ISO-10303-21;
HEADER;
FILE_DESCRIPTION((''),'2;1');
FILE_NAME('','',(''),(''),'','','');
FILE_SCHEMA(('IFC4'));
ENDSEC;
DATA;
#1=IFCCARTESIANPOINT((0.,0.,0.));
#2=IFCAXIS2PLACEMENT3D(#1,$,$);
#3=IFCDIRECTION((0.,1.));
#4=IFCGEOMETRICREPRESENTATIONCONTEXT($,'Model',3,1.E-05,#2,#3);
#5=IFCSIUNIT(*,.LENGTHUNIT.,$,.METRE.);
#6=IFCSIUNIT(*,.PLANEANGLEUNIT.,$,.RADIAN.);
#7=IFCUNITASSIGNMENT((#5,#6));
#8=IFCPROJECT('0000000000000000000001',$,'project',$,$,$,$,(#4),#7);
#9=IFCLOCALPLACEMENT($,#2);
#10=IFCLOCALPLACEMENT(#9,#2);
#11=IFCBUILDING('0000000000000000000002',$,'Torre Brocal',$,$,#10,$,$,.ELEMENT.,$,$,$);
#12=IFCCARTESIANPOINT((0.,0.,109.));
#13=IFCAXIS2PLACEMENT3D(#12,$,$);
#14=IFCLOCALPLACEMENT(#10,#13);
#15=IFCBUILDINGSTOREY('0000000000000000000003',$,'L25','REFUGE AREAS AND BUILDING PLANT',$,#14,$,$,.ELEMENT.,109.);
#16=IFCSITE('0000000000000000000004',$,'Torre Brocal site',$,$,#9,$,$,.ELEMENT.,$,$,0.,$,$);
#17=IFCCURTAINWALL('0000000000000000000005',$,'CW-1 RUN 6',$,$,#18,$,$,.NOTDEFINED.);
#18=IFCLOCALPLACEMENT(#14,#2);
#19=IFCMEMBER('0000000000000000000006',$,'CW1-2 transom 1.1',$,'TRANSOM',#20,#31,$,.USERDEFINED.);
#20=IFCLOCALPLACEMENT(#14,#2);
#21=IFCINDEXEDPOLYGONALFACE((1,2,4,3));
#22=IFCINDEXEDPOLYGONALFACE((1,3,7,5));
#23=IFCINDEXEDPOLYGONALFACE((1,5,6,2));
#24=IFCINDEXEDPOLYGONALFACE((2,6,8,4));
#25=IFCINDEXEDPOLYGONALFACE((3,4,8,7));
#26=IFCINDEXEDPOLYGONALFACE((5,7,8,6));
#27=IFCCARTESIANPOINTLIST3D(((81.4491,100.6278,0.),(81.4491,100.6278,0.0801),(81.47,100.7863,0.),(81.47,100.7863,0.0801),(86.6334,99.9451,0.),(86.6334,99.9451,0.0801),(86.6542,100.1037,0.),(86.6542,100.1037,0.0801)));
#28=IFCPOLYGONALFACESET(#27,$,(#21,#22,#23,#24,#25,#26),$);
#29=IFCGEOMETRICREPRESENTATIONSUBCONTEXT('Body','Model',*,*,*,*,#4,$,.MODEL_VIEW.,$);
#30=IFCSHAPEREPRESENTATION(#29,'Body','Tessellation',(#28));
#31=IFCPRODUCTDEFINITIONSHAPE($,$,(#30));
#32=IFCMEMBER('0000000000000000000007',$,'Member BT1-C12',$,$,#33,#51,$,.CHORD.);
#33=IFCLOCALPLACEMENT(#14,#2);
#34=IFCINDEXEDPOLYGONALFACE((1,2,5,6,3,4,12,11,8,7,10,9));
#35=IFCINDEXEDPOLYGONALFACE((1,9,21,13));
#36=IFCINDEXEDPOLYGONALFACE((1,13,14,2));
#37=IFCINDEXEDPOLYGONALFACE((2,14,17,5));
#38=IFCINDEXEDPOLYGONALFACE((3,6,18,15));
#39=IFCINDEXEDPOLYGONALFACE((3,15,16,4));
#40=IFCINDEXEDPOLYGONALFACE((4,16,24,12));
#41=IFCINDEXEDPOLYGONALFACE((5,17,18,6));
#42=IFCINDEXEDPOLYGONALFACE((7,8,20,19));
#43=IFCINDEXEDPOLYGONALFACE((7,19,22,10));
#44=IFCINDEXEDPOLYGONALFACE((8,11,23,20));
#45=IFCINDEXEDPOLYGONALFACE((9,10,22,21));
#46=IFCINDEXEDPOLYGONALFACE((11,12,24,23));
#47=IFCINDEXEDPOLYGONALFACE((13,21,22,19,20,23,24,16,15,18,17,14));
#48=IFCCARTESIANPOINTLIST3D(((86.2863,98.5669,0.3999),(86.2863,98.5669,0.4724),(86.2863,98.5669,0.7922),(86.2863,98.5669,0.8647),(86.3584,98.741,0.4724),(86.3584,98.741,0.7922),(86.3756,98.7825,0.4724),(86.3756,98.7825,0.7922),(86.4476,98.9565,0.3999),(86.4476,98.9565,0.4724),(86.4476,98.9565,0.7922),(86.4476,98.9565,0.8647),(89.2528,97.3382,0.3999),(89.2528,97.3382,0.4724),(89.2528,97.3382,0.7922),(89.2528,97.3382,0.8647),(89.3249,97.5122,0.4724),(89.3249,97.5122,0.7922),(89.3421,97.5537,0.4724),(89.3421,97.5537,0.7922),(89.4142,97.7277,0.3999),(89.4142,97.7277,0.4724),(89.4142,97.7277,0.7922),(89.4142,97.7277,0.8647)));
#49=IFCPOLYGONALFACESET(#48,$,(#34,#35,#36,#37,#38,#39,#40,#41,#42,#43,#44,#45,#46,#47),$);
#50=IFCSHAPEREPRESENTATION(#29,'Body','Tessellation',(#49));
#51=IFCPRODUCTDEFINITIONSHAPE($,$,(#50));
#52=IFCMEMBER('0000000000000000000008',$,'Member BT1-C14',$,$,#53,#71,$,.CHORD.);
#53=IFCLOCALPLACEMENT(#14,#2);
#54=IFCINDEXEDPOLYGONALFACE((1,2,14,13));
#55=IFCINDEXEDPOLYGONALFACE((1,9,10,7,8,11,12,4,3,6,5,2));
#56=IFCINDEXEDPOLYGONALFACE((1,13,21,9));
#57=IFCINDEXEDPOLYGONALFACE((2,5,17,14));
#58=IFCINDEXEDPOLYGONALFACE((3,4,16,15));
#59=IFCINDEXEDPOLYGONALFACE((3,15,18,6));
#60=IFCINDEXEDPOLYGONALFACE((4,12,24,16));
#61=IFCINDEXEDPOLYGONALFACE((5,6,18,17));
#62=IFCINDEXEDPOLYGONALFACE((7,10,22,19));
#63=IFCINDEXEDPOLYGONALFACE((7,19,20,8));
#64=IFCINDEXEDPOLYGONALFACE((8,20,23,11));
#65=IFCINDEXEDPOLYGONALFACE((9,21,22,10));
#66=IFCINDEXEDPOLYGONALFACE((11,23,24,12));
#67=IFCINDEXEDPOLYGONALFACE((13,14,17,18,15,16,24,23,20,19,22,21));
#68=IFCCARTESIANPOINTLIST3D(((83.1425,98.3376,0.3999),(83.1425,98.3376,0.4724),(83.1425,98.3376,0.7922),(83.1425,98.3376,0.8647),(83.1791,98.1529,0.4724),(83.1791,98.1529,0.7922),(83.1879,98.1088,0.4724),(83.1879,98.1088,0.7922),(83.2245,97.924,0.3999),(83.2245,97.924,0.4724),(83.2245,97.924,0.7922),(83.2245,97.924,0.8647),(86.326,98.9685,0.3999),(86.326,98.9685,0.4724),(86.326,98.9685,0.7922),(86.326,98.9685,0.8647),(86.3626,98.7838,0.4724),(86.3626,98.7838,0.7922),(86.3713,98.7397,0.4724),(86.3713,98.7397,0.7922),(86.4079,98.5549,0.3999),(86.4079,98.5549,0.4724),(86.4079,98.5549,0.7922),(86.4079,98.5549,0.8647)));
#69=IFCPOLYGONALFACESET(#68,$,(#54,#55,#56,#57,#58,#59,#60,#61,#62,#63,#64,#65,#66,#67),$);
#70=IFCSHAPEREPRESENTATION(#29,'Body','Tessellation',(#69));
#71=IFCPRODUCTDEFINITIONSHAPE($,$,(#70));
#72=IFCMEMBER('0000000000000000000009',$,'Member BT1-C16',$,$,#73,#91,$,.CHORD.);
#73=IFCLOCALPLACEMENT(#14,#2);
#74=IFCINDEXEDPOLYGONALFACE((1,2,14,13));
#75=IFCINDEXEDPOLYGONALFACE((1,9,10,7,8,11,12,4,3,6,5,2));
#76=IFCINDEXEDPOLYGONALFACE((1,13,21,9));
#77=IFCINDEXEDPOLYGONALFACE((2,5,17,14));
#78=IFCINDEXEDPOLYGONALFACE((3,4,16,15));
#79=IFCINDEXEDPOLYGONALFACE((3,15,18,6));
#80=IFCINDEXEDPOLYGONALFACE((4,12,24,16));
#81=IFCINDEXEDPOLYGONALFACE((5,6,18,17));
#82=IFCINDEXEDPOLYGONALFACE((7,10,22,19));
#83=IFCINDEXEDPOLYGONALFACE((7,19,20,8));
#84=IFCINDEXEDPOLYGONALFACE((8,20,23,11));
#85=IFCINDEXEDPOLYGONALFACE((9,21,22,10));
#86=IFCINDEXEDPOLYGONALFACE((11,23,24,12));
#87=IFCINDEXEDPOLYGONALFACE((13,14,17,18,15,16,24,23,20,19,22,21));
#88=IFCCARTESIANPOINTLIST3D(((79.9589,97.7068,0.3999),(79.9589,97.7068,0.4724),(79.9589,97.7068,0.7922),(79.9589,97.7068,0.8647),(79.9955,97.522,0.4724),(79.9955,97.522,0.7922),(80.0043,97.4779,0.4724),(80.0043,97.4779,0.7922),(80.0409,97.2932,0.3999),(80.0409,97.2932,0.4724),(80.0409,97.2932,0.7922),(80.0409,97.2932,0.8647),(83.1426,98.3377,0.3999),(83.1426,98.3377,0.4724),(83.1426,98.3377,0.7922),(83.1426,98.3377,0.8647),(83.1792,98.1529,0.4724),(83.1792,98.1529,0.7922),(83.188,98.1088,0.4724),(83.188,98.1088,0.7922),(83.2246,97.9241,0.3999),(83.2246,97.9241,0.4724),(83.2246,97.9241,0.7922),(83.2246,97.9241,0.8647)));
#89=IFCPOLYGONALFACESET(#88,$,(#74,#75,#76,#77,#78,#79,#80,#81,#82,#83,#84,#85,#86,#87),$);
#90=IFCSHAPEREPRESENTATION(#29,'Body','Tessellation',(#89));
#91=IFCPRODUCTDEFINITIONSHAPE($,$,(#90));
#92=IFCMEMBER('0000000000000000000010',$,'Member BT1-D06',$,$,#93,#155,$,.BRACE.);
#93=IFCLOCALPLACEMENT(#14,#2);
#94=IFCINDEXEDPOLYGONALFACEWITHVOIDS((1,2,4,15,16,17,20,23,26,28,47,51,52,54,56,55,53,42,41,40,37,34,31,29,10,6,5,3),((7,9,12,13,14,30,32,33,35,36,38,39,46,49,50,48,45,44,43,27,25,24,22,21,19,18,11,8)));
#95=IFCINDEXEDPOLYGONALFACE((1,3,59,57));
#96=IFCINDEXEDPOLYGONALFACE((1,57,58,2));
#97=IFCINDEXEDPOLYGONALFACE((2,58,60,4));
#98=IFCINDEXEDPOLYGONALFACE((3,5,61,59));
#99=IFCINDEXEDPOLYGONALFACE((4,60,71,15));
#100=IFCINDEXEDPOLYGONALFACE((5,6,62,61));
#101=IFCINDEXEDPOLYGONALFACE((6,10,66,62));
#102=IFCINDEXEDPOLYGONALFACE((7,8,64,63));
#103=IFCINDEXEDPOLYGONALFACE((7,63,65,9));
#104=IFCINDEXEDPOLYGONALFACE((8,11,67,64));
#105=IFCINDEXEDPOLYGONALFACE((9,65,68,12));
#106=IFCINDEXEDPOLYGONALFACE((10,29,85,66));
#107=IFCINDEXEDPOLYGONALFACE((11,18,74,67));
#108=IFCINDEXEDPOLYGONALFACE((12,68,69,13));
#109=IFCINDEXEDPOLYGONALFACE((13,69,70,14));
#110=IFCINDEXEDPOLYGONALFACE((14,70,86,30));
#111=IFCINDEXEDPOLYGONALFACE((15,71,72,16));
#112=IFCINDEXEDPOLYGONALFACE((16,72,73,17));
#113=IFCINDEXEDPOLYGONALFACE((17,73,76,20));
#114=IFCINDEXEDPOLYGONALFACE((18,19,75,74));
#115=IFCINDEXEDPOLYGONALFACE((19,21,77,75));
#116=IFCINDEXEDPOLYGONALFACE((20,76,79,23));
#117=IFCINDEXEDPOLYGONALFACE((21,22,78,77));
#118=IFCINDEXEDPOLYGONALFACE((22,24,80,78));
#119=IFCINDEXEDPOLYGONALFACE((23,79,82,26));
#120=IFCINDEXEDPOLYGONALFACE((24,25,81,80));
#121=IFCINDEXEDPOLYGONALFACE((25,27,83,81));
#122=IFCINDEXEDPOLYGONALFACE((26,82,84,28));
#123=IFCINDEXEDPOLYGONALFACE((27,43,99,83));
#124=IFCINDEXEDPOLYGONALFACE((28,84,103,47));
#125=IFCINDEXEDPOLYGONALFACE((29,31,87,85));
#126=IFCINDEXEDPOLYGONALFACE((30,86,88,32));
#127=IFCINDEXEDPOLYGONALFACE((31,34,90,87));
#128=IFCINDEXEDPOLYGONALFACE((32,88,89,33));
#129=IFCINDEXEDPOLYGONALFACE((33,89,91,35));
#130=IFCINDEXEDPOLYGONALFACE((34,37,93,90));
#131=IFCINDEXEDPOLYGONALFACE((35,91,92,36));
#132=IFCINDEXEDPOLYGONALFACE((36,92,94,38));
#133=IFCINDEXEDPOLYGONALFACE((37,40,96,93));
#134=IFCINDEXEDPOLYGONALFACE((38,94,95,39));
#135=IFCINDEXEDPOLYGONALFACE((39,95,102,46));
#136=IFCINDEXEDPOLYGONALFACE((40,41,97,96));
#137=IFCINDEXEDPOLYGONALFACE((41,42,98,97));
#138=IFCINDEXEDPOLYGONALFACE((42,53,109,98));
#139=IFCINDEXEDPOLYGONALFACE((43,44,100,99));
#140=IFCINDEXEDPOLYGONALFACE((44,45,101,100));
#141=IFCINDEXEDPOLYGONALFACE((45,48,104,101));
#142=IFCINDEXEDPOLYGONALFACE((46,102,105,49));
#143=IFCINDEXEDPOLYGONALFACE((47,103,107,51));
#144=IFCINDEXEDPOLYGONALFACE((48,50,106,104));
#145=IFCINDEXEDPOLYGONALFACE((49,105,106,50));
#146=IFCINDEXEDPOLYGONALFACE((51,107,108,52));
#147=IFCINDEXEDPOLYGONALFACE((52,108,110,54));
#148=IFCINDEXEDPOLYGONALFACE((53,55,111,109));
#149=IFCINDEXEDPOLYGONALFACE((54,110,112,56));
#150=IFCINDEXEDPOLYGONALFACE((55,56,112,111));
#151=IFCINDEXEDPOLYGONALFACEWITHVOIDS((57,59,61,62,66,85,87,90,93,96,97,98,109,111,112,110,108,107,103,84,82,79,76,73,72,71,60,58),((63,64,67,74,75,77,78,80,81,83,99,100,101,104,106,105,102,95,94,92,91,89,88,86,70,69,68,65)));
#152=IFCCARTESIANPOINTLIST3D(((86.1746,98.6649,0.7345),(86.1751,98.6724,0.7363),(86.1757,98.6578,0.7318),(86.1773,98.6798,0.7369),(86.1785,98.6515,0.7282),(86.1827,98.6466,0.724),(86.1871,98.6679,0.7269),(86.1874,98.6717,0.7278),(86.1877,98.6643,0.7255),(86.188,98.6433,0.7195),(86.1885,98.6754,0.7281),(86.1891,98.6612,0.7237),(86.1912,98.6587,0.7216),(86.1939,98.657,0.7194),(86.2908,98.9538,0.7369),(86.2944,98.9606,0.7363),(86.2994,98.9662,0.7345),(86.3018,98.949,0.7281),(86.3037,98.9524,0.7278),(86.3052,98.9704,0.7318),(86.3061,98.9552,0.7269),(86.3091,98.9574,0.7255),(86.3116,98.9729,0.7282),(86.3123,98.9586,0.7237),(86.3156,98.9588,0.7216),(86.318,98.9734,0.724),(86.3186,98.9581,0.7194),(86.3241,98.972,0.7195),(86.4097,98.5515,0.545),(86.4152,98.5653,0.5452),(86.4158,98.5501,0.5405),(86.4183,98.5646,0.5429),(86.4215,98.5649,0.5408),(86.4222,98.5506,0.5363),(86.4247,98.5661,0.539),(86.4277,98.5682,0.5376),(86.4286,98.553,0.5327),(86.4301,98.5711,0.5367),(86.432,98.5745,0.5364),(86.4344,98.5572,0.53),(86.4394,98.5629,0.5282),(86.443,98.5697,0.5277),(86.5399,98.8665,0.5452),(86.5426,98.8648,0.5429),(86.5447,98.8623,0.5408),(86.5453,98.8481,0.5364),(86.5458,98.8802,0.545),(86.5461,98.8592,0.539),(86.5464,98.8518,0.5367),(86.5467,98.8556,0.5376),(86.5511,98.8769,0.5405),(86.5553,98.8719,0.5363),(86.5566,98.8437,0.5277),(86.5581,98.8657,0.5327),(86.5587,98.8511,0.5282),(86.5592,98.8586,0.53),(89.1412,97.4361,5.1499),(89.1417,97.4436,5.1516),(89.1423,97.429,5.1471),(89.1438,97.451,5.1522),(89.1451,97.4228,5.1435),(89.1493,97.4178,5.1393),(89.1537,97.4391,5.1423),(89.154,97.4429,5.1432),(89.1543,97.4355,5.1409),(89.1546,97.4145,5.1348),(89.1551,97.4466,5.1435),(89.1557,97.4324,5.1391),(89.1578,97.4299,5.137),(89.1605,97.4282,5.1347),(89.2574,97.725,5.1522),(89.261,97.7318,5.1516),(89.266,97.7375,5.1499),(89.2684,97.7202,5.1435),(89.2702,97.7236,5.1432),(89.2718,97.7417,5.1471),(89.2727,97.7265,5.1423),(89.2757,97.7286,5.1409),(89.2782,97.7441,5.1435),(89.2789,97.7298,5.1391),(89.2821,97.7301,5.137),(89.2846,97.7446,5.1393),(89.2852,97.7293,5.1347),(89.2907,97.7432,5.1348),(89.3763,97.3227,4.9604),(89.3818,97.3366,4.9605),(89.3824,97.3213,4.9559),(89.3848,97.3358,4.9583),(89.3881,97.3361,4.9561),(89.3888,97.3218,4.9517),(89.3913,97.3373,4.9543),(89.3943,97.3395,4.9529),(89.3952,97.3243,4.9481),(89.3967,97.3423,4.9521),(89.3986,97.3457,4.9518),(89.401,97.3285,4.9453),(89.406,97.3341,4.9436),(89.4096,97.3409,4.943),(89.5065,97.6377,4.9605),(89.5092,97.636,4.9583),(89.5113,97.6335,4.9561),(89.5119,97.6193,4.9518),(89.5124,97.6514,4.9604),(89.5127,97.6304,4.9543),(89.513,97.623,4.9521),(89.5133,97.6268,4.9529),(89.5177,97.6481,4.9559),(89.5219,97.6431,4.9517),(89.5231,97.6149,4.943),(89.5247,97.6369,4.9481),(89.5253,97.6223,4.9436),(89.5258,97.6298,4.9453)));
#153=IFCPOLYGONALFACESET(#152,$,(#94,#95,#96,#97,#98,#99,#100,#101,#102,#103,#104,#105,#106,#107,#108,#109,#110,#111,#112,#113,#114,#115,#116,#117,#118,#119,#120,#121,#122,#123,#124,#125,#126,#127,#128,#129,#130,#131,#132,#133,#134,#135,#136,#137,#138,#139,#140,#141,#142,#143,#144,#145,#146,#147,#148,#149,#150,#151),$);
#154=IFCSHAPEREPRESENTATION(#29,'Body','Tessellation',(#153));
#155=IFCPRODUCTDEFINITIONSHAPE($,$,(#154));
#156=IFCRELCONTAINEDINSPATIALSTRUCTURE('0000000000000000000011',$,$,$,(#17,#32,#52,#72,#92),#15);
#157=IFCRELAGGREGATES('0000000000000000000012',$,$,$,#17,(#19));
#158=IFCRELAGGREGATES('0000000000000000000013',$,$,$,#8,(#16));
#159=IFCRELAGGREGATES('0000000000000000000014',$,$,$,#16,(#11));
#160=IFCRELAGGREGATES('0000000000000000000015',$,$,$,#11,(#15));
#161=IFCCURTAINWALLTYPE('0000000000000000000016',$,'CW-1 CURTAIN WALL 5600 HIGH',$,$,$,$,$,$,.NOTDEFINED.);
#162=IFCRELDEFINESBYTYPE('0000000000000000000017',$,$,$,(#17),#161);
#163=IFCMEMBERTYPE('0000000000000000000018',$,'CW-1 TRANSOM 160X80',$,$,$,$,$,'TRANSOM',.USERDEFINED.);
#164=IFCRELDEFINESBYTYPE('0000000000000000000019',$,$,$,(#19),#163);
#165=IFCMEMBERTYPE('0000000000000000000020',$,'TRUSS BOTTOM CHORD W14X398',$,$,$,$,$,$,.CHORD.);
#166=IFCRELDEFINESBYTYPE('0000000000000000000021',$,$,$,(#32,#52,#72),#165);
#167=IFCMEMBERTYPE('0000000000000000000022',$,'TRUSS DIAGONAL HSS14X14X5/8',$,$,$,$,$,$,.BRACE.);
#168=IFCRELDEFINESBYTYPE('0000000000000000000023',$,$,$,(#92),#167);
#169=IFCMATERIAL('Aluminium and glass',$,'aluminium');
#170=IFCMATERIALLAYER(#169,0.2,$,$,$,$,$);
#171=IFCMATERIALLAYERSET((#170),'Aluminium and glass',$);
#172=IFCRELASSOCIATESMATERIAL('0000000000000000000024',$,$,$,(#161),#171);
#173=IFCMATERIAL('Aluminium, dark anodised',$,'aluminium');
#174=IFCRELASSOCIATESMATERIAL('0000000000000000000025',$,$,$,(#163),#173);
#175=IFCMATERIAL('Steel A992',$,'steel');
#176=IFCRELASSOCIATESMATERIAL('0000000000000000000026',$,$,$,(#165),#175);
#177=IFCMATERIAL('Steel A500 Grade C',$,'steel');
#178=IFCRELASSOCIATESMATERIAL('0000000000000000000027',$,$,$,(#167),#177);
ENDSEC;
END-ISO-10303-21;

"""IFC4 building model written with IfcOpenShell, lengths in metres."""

from ifc_helpers import new_model, si_unit, direction, frame, origin, origin_2d, place, context, subcontext, project, spatial, rectangle, hollow_rectangle, i_section, extrude, material, layer, layer_set, material_profile, profile_set, type_object, element, aggregate, save


model = new_model("IFC4")

# Units and contexts
model_context = context("Model", 3, precision=1e-05, world=origin(), true_north=direction((0.0, 1.0)))
body_context = subcontext(model_context, "Body", "Model", "MODEL_VIEW")
ifc_project = project(units=[si_unit("LENGTHUNIT", "METRE"), si_unit("PLANEANGLEUNIT", "RADIAN")], contexts=[model_context])

# Site, building, storey
site_placement = place(None, origin())
site = spatial("IfcSite", under=ifc_project, at=site_placement, Name="Torre Brocal site", CompositionType="ELEMENT", RefElevation=0.0)
building_placement = place(site_placement, origin())
building = spatial("IfcBuilding", under=site, at=building_placement, Name="Torre Brocal", CompositionType="ELEMENT")
storey_placement = place(building_placement, frame((0.0, 0.0, 109.0)))
storey = spatial("IfcBuildingStorey", under=building, at=storey_placement, Name="L25", Description="REFUGE AREAS AND BUILDING PLANT", CompositionType="ELEMENT", Elevation=109.0)

# Shared definitions
ifc_material_1 = material(Name="Aluminium and glass", Category="aluminium")
ifc_layer_1 = layer(ifc_material_1, 0.2)
ifc_layer_set_1 = layer_set([ifc_layer_1], Name="Aluminium and glass")
curtain_wall_type = type_object("IfcCurtainWallType", Name="CW-1 CURTAIN WALL 5600 HIGH", PredefinedType="NOTDEFINED", material=ifc_layer_set_1)

# Curtain wall, member
curtain_wall_1_placement = place(storey_placement, origin())
curtain_wall_1 = element("IfcCurtainWall", 1, at=curtain_wall_1_placement, inside=storey, type_object=curtain_wall_type, Name="CW-1 RUN 6", PredefinedType="NOTDEFINED")
ifc_material_2 = material(Name="Aluminium, dark anodised", Category="aluminium")
ifc_material_profile_1 = material_profile(ifc_material_2, rectangle(XDim=0.1599, YDim=0.0801, at=origin_2d()), Name="CW-1 TRANSOM 160X80")
ifc_profile_set_1 = profile_set([ifc_material_profile_1], Name="Aluminium, dark anodised")
member_type_1 = type_object("IfcMemberType", Name="CW-1 TRANSOM 160X80", ElementType="TRANSOM", PredefinedType="USERDEFINED", material=ifc_profile_set_1)
member_1_placement = place(storey_placement, frame((86.6438, 100.0244, 0.04), z_axis=(-0.991443, 0.130543, 0.0), x_axis=(-0.130543, -0.991443, 0.0)))
member_1 = element("IfcMember", 2, at=member_1_placement, type_object=member_type_1, Name="CW1-2 transom 1.1", ObjectType="TRANSOM", PredefinedType="USERDEFINED", context=body_context, shape_type="SweptSolid", body=[
    extrude(rectangle(XDim=0.1599, YDim=0.0801, at=origin_2d()), origin(), (0.0, 0.0, 1.0), 5.229),
])

# Members
ifc_material_3 = material(Name="Steel A992", Category="steel")
ifc_material_profile_2 = material_profile(ifc_material_3, i_section(OverallWidth=0.4216, OverallDepth=0.4648, WebThickness=0.0449, FlangeThickness=0.0725, at=origin_2d()), Name="W14X398")
ifc_profile_set_2 = profile_set([ifc_material_profile_2], Name="Steel A992")
member_type_2 = type_object("IfcMemberType", Name="TRUSS BOTTOM CHORD W14X398", PredefinedType="CHORD", material=ifc_profile_set_2)
member_2_placement = place(storey_placement, frame((89.3335, 97.533, 0.6323), z_axis=(-0.923882, 0.382676, 0.0), x_axis=(-0.382676, -0.923882, 0.0)))
element("IfcMember", 3, at=member_2_placement, inside=storey, type_object=member_type_2, Name="Member BT1-C12", PredefinedType="CHORD", context=body_context, shape_type="SweptSolid", body=[
    extrude(i_section(OverallWidth=0.4216, OverallDepth=0.4648, WebThickness=0.0449, FlangeThickness=0.0725, at=origin_2d()), origin(), (0.0, 0.0, 1.0), 3.2109),
])
member_3_placement = place(storey_placement, frame((86.3669, 98.7617, 0.6323), z_axis=(-0.980923, -0.194394, 0.0), x_axis=(0.194394, -0.980923, 0.0)))
element("IfcMember", 4, at=member_3_placement, inside=storey, type_object=member_type_2, Name="Member BT1-C14", PredefinedType="CHORD", context=body_context, shape_type="SweptSolid", body=[
    extrude(i_section(OverallWidth=0.4216, OverallDepth=0.4648, WebThickness=0.0449, FlangeThickness=0.0725, at=origin_2d()), origin(), (0.0, 0.0, 1.0), 3.2454),
])
member_4_placement = place(storey_placement, frame((83.1836, 98.1309, 0.6323), z_axis=(-0.980926, -0.19438, 0.0), x_axis=(0.19438, -0.980926, 0.0)))
element("IfcMember", 5, at=member_4_placement, inside=storey, type_object=member_type_2, Name="Member BT1-C16", PredefinedType="CHORD", context=body_context, shape_type="SweptSolid", body=[
    extrude(i_section(OverallWidth=0.4216, OverallDepth=0.4648, WebThickness=0.0449, FlangeThickness=0.0725, at=origin_2d()), origin(), (0.0, 0.0, 1.0), 3.2456),
])
ifc_material_4 = material(Name="Steel A500 Grade C", Category="steel")
ifc_material_profile_3 = material_profile(ifc_material_4, hollow_rectangle(XDim=0.3557, YDim=0.3557, WallThickness=0.0149, InnerFilletRadius=0.0149, OuterFilletRadius=0.0295, at=origin_2d()), Name="HSS14X14X5/8")
ifc_profile_set_3 = profile_set([ifc_material_profile_3], Name="Steel A500 Grade C")
member_type_3 = type_object("IfcMemberType", Name="TRUSS DIAGONAL HSS14X14X5/8", PredefinedType="BRACE", material=ifc_profile_set_3)
member_5_placement = place(storey_placement, frame((89.3335, 97.533, 5.0476), z_axis=(-0.543385, 0.225072, -0.808749), x_axis=(-0.382676, -0.923882, 0.0)))
element("IfcMember", 6, at=member_5_placement, inside=storey, type_object=member_type_3, Name="Member BT1-D06", PredefinedType="BRACE", context=body_context, shape_type="SweptSolid", body=[
    extrude(hollow_rectangle(XDim=0.3557, YDim=0.3557, WallThickness=0.0149, InnerFilletRadius=0.0149, OuterFilletRadius=0.0295, at=origin_2d()), origin(), (0.0, 0.0, 1.0), 5.4595),
])

aggregate(curtain_wall_1, [member_1])

save(model, "model.ifc")
